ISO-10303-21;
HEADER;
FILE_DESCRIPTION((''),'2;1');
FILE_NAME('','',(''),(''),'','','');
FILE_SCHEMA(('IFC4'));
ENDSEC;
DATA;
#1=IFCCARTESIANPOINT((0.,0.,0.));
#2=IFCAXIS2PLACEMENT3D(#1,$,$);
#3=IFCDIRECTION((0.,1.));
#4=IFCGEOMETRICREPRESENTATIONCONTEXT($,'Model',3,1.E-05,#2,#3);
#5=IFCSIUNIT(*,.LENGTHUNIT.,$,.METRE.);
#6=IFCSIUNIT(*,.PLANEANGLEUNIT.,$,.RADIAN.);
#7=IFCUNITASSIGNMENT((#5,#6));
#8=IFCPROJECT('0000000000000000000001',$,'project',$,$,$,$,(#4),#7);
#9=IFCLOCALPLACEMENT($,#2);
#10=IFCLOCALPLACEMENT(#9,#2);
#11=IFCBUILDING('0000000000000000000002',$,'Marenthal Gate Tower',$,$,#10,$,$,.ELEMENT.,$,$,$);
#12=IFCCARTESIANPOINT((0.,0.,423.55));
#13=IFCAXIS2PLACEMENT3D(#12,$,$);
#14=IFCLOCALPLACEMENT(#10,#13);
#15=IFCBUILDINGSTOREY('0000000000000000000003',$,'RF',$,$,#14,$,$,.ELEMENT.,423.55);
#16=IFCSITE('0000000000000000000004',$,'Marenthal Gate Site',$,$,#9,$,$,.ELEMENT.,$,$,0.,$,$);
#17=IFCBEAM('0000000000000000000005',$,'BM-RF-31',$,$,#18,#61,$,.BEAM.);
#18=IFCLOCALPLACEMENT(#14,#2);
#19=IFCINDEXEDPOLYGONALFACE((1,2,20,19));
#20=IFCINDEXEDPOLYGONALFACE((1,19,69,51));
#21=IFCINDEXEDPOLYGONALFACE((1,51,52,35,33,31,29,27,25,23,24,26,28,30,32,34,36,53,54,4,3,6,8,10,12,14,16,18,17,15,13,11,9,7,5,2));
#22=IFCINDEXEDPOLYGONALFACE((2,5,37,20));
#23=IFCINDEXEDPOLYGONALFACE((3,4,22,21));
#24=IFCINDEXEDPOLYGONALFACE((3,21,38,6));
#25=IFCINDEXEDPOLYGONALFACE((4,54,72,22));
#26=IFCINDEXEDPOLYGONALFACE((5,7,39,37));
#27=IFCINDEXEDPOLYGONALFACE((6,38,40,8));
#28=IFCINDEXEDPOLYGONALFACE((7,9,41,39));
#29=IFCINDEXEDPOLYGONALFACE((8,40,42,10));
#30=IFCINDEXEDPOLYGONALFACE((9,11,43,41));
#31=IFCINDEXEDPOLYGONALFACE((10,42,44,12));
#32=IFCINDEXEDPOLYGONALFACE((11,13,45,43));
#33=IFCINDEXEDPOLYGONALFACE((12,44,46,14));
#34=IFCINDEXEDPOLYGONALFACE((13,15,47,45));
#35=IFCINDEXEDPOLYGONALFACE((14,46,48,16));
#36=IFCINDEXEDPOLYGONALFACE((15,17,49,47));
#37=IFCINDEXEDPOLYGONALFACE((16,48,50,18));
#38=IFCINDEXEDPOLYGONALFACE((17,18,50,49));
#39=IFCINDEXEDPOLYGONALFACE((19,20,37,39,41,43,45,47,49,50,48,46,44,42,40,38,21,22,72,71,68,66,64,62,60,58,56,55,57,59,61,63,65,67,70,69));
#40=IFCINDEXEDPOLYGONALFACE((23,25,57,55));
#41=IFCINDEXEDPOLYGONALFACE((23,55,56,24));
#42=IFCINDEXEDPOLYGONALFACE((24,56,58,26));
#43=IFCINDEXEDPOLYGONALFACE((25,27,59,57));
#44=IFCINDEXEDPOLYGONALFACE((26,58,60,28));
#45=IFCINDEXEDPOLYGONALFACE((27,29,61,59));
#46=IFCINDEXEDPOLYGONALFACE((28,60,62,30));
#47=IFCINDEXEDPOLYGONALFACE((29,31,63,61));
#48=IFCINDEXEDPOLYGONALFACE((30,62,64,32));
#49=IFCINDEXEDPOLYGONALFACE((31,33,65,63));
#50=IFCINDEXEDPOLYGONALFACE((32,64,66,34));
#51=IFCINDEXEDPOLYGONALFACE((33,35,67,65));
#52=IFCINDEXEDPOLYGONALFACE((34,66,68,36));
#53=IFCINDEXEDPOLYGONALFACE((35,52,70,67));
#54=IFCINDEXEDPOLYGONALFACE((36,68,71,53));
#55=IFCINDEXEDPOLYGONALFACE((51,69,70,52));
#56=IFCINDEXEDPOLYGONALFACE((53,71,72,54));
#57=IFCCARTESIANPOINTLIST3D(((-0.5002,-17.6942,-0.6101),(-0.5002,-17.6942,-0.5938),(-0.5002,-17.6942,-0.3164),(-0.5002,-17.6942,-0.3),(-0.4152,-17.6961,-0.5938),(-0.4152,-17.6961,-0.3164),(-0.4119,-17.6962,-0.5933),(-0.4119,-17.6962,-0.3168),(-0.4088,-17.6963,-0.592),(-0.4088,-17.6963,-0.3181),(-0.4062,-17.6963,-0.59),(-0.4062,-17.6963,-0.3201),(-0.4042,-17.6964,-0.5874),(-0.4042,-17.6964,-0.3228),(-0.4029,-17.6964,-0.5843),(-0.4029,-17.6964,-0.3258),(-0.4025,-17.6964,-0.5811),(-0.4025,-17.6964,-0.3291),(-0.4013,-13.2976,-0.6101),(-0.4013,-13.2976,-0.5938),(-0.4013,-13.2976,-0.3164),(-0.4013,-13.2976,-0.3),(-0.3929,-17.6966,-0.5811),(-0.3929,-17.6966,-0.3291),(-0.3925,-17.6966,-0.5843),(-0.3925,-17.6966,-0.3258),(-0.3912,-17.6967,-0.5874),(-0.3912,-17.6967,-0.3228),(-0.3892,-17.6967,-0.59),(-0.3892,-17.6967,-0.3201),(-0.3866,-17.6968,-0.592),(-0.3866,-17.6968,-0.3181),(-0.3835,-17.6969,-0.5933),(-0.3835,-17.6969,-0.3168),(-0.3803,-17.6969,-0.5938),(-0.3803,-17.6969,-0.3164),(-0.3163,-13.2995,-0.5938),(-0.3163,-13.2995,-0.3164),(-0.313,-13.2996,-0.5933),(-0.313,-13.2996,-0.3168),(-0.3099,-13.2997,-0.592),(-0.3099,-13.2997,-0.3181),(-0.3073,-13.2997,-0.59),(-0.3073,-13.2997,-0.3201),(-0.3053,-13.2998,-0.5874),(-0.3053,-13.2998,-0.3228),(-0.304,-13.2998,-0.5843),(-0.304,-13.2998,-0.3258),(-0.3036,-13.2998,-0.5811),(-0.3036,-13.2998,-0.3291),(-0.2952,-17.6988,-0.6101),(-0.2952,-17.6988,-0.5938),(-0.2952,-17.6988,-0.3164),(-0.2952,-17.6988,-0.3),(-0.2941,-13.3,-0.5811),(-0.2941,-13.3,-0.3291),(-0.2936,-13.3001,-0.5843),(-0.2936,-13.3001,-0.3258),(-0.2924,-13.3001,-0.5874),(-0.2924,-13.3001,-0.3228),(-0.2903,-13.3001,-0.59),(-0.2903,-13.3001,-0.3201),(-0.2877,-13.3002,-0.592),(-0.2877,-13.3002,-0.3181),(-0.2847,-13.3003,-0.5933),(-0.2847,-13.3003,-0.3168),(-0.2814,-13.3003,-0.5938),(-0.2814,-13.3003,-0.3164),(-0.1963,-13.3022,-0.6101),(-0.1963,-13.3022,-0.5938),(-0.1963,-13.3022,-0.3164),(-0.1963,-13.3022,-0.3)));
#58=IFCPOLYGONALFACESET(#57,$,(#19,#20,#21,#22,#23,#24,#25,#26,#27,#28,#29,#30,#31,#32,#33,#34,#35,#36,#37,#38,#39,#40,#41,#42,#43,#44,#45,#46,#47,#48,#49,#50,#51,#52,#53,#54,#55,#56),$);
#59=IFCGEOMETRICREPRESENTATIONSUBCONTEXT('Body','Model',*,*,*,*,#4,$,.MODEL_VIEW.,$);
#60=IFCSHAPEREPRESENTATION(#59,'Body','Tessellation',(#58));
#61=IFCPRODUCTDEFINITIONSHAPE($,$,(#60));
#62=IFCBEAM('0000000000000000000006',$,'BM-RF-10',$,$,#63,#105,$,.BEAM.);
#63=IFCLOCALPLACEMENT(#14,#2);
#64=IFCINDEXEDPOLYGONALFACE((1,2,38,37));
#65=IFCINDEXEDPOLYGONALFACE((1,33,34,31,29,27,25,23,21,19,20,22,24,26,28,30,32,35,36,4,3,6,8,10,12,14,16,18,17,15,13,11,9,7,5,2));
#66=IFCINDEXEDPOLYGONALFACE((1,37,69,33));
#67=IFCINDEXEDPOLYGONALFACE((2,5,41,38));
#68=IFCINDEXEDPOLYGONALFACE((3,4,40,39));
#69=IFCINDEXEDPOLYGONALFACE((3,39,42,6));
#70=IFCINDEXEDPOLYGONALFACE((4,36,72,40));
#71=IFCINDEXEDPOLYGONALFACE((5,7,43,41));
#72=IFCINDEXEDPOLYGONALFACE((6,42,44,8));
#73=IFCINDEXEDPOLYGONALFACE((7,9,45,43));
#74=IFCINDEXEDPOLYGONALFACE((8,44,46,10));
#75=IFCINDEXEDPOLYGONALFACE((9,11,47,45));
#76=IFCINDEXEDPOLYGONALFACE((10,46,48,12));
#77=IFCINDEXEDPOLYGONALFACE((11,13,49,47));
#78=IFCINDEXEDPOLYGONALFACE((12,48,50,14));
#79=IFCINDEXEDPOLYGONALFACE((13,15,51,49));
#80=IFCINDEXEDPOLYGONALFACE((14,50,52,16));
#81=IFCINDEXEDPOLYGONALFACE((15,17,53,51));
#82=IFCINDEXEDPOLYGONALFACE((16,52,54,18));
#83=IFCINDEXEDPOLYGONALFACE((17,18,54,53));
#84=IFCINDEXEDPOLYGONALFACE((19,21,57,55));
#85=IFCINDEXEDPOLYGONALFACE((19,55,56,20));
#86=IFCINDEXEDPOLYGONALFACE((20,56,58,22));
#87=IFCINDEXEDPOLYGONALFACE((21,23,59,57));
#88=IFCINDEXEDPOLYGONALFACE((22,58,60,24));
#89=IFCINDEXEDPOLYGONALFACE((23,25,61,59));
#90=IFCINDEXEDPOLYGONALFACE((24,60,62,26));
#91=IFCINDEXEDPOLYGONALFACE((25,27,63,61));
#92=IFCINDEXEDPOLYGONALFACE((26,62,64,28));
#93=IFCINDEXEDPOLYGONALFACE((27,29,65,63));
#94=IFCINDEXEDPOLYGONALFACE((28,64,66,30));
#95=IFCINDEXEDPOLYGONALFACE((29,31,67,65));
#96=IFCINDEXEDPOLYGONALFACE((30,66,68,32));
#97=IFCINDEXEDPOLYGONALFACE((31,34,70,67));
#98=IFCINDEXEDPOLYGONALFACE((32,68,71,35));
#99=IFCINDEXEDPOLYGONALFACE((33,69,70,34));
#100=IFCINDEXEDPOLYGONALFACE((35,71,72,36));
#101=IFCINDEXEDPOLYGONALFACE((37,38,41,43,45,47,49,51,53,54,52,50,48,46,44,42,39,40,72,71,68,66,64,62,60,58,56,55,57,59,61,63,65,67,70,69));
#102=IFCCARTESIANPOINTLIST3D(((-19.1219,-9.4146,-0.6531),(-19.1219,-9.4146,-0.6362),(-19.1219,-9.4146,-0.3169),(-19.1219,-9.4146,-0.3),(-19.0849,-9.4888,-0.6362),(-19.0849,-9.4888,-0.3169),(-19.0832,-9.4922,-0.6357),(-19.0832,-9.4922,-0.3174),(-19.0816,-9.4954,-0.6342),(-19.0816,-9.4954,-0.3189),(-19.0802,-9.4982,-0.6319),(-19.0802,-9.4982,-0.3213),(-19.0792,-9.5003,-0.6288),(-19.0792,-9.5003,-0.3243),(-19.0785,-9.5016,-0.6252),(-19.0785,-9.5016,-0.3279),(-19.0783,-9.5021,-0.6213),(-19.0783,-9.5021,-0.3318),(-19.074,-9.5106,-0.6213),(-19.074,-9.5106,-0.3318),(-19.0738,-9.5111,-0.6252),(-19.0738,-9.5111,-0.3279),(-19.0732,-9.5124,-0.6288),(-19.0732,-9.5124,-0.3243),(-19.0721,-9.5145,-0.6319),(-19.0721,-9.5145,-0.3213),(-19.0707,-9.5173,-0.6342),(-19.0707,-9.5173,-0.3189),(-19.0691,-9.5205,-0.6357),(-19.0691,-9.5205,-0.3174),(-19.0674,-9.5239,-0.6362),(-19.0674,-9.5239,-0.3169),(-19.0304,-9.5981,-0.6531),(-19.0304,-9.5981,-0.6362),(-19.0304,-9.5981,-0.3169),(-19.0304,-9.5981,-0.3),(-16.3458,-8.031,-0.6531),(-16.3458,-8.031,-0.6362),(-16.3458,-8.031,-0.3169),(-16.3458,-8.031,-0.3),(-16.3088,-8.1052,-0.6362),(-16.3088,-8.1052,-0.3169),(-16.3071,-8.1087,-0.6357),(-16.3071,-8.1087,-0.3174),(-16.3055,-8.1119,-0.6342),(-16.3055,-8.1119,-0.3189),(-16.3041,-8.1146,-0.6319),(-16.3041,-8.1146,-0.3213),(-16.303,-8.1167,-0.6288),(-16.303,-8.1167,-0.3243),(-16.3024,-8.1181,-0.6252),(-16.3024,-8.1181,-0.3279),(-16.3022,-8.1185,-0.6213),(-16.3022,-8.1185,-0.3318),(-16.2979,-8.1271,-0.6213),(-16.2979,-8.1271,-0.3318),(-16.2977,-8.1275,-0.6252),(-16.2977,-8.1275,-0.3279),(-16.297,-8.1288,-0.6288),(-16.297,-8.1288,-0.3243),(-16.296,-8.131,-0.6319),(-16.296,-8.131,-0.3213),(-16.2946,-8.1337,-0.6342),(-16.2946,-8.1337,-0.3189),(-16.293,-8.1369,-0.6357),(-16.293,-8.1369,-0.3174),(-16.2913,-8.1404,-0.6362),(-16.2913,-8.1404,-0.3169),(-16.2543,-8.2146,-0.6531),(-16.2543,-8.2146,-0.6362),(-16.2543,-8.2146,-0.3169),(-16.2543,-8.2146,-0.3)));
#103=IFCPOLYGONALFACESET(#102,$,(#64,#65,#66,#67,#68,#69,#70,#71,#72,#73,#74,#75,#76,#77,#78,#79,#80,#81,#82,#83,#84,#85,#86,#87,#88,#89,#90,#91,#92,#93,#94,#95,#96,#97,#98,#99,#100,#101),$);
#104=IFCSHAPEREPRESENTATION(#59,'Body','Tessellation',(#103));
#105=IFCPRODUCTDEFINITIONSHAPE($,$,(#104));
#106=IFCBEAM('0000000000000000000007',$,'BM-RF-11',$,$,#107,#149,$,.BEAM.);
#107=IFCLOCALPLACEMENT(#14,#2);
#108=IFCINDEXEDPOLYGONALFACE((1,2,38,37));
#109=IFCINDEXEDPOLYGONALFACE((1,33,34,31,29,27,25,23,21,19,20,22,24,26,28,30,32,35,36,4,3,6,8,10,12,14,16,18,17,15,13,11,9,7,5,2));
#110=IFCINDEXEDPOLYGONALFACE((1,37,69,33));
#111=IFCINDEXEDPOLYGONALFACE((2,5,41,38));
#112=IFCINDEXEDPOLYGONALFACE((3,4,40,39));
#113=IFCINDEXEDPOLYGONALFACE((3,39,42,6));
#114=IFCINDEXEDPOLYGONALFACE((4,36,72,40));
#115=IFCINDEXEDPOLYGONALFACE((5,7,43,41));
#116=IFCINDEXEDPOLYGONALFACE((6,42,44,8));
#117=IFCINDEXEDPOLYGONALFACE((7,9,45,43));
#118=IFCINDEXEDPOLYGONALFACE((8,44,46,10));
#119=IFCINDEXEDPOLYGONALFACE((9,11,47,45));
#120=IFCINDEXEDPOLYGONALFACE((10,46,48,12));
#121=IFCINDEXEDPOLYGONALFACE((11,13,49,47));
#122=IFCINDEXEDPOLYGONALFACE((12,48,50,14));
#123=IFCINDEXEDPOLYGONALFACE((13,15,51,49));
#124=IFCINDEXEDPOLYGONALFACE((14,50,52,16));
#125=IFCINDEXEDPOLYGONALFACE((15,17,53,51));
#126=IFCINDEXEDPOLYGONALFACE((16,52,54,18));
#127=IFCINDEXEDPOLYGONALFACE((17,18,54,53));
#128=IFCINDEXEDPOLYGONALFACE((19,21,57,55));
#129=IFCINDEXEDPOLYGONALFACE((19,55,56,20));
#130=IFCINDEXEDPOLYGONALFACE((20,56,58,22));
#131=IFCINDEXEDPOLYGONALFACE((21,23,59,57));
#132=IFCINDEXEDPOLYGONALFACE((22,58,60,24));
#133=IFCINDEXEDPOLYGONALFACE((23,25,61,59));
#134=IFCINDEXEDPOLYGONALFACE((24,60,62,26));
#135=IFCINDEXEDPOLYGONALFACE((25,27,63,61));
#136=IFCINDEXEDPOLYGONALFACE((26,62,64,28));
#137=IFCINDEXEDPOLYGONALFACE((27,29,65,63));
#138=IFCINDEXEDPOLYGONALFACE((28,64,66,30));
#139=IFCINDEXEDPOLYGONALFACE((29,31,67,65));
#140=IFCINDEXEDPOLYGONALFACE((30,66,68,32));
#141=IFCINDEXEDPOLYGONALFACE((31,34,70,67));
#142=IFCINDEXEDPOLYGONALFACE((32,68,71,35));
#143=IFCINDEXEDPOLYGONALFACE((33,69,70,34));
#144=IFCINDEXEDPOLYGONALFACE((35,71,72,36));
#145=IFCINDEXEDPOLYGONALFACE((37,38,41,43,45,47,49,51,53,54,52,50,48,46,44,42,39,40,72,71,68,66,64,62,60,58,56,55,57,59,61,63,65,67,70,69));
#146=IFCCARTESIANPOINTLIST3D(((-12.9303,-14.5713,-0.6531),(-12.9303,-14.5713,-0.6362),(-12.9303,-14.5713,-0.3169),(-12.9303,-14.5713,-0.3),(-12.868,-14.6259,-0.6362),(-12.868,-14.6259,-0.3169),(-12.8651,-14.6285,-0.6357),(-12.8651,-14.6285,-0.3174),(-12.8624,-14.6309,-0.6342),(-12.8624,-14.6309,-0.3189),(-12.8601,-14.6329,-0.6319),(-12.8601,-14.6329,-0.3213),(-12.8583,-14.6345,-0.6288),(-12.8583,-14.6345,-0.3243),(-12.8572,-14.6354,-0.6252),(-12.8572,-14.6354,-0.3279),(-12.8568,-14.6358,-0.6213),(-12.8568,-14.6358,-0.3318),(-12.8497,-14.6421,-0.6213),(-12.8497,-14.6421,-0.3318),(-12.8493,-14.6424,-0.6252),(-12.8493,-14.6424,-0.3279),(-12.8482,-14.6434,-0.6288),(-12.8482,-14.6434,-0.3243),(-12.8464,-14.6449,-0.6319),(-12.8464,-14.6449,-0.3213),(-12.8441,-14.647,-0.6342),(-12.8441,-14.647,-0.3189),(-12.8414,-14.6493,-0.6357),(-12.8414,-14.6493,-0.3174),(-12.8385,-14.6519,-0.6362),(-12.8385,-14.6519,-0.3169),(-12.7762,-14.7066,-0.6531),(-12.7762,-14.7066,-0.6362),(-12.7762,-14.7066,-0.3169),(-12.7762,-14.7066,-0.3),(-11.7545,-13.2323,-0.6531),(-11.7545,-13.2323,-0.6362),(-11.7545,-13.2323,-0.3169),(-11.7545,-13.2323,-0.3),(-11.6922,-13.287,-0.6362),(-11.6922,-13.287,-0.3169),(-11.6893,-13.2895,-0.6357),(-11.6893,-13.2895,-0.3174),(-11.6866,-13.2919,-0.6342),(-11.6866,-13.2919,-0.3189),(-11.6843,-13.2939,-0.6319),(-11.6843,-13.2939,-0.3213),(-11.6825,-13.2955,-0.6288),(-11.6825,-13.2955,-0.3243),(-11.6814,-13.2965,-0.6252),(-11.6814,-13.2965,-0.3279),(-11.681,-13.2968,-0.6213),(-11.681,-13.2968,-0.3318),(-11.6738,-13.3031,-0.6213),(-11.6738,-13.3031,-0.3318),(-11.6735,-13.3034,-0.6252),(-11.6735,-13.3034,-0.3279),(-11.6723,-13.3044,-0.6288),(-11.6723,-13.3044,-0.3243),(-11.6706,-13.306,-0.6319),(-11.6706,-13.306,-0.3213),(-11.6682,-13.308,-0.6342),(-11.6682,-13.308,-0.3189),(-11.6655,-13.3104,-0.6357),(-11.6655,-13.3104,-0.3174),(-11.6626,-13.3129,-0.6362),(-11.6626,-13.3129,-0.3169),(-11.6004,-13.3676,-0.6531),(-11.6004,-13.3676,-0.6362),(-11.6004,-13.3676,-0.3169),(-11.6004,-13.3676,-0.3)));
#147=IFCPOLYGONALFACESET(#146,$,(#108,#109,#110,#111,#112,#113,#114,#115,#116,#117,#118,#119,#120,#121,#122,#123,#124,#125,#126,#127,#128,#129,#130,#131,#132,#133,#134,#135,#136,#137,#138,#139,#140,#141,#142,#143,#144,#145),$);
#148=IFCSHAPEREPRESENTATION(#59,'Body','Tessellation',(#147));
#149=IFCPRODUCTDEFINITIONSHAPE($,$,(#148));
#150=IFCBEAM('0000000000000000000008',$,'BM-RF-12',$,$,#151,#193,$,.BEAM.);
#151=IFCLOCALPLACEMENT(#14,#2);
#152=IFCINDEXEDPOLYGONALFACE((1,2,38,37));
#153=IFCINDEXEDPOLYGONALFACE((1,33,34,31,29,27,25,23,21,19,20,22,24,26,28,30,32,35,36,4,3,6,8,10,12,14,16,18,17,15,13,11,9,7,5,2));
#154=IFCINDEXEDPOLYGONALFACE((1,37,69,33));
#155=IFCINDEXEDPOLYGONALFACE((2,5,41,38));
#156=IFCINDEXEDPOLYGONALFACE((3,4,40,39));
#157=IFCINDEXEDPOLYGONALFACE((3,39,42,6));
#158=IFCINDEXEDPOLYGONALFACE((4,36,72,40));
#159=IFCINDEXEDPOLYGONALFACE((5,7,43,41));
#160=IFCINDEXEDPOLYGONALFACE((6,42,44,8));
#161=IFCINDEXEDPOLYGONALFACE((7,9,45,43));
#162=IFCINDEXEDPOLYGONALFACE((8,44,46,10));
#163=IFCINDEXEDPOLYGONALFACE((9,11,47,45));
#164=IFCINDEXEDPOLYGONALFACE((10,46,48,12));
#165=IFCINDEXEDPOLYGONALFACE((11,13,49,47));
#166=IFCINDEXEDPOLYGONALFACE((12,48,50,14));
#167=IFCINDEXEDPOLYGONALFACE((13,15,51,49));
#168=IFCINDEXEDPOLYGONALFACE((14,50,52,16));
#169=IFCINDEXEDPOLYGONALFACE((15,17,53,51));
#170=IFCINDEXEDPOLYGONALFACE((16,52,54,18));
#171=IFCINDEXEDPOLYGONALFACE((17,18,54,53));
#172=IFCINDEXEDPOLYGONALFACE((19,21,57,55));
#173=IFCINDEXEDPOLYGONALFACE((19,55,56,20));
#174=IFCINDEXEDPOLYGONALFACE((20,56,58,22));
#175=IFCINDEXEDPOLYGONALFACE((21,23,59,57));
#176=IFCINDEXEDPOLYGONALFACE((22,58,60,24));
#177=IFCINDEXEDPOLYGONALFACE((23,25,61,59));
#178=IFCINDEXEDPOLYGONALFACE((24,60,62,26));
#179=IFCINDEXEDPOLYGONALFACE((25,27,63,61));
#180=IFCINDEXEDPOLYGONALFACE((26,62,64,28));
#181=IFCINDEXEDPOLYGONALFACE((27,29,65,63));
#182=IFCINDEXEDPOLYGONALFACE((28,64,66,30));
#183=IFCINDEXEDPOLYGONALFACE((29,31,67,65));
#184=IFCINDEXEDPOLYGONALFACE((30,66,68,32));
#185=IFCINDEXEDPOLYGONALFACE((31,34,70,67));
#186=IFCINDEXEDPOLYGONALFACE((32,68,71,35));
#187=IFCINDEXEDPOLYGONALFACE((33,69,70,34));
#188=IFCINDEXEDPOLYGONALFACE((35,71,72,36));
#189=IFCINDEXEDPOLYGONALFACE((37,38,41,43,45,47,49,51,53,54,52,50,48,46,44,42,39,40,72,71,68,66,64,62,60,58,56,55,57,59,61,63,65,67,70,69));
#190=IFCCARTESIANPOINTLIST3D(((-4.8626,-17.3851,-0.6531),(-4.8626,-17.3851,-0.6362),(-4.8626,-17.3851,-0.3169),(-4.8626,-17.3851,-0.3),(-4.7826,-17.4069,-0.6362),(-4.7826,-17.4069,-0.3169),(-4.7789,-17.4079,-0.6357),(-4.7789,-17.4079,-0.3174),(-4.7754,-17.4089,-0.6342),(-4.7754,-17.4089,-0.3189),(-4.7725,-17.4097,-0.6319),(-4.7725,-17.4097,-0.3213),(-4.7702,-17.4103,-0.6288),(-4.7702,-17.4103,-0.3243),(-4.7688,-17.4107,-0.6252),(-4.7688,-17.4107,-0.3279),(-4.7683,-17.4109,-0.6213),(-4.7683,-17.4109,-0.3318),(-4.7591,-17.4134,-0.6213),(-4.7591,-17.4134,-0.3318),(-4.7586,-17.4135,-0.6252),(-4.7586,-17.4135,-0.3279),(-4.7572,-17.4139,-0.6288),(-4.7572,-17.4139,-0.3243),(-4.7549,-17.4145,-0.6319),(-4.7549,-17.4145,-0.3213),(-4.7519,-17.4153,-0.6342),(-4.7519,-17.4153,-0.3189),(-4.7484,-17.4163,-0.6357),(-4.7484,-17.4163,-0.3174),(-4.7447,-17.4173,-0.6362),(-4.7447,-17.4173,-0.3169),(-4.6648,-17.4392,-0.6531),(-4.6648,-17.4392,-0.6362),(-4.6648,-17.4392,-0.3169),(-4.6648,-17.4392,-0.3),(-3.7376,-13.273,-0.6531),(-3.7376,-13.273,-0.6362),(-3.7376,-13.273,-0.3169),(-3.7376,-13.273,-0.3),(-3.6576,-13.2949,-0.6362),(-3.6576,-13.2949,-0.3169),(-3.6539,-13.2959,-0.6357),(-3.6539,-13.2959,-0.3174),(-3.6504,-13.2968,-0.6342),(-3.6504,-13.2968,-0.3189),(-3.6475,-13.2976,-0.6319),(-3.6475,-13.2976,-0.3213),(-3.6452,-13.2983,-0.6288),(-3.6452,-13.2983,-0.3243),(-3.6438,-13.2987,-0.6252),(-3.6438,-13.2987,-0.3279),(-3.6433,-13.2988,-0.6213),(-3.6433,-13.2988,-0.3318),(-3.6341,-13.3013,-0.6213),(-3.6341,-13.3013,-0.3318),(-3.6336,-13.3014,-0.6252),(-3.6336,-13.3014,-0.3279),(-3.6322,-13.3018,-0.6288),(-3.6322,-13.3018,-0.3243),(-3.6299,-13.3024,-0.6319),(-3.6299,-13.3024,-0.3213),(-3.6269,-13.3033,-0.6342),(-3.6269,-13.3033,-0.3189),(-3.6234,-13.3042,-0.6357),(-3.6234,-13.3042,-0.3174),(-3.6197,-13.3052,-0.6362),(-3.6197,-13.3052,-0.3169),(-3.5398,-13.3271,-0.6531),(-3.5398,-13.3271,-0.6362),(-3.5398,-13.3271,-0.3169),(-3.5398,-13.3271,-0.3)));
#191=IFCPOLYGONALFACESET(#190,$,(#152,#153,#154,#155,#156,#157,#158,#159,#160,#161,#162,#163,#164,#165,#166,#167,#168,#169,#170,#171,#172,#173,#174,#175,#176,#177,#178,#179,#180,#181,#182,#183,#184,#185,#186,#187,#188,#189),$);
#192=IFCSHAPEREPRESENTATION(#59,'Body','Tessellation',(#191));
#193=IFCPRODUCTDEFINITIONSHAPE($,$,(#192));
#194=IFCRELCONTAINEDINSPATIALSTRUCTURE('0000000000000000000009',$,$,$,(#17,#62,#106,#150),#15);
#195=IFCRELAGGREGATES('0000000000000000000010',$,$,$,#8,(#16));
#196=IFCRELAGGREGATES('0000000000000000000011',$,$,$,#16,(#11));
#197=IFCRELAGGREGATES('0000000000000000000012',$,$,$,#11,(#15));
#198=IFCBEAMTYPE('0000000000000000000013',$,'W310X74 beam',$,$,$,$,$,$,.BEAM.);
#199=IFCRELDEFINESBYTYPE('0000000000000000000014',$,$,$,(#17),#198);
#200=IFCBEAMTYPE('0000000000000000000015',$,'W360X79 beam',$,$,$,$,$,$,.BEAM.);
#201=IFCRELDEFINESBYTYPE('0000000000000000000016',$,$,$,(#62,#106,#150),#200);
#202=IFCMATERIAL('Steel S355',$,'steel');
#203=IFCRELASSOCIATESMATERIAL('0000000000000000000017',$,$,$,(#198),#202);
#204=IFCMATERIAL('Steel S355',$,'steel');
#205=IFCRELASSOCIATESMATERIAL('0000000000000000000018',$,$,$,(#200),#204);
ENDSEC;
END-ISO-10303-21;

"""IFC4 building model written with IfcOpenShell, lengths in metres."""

from ifc_helpers import new_model, si_unit, direction, frame, origin, origin_2d, place, context, subcontext, project, spatial, i_section, extrude, material, material_profile, profile_set, type_object, element, save


model = new_model("IFC4")

# Units and contexts
model_context = context("Model", 3, precision=1e-05, world=origin(), true_north=direction((0.0, 1.0)))
body_context = subcontext(model_context, "Body", "Model", "MODEL_VIEW")
ifc_project = project(units=[si_unit("LENGTHUNIT", "METRE"), si_unit("PLANEANGLEUNIT", "RADIAN")], contexts=[model_context])

# Site, building, storey
site_placement = place(None, origin())
site = spatial("IfcSite", under=ifc_project, at=site_placement, Name="Marenthal Gate Site", CompositionType="ELEMENT", RefElevation=0.0)
building_placement = place(site_placement, origin())
building = spatial("IfcBuilding", under=site, at=building_placement, Name="Marenthal Gate Tower", CompositionType="ELEMENT")
storey_placement = place(building_placement, frame((0.0, 0.0, 423.55)))
storey = spatial("IfcBuildingStorey", under=building, at=storey_placement, Name="RF", CompositionType="ELEMENT", Elevation=423.55)

# Beams
ifc_material_1 = material(Name="Steel S355", Category="steel")
ifc_material_profile_1 = material_profile(ifc_material_1, i_section(OverallWidth=0.2051, OverallDepth=0.3101, WebThickness=0.0095, FlangeThickness=0.0164, FilletRadius=0.0127, at=origin_2d()), Name="W310X74")
ifc_profile_set_1 = profile_set([ifc_material_profile_1], Name="Steel S355")
beam_type_1 = type_object("IfcBeamType", Name="W310X74 beam", PredefinedType="BEAM", material=ifc_profile_set_1)
beam_1_placement = place(storey_placement, frame((-0.3977, -17.6965, -0.4551), z_axis=(0.022484, 0.999747, 0.0), x_axis=(-0.999747, 0.022484, 0.0)))
element("IfcBeam", 1, at=beam_1_placement, inside=storey, type_object=beam_type_1, Name="BM-RF-31", PredefinedType="BEAM", context=body_context, shape_type="SweptSolid", body=[
    extrude(i_section(OverallWidth=0.2051, OverallDepth=0.3101, WebThickness=0.0095, FlangeThickness=0.0164, FilletRadius=0.0127, at=origin_2d()), origin(), (0.0, 0.0, 1.0), 4.3977),
])
ifc_material_2 = material(Name="Steel S355", Category="steel")
ifc_material_profile_2 = material_profile(ifc_material_2, i_section(OverallWidth=0.2051, OverallDepth=0.353, WebThickness=0.0095, FlangeThickness=0.0168, FilletRadius=0.0149, at=origin_2d()), Name="W360X79")
ifc_profile_set_2 = profile_set([ifc_material_profile_2], Name="Steel S355")
beam_type_2 = type_object("IfcBeamType", Name="W360X79 beam", PredefinedType="BEAM", material=ifc_profile_set_2)
beam_2_placement = place(storey_placement, frame((-19.0762, -9.5063, -0.4766), z_axis=(0.895009, 0.446048, 0.0), x_axis=(-0.446048, 0.895009, 0.0)))
element("IfcBeam", 2, at=beam_2_placement, inside=storey, type_object=beam_type_2, Name="BM-RF-10", PredefinedType="BEAM", context=body_context, shape_type="SweptSolid", body=[
    extrude(i_section(OverallWidth=0.2051, OverallDepth=0.353, WebThickness=0.0095, FlangeThickness=0.0168, FilletRadius=0.0149, at=origin_2d()), origin(), (0.0, 0.0, 1.0), 3.1018),
])
beam_3_placement = place(storey_placement, frame((-12.8533, -14.6389, -0.4766), z_axis=(0.659862, 0.751387, 0.0), x_axis=(-0.751387, 0.659862, 0.0)))
element("IfcBeam", 3, at=beam_3_placement, inside=storey, type_object=beam_type_2, Name="BM-RF-11", PredefinedType="BEAM", context=body_context, shape_type="SweptSolid", body=[
    extrude(i_section(OverallWidth=0.2051, OverallDepth=0.353, WebThickness=0.0095, FlangeThickness=0.0168, FilletRadius=0.0149, at=origin_2d()), origin(), (0.0, 0.0, 1.0), 1.782),
])
beam_4_placement = place(storey_placement, frame((-4.7637, -17.4121, -0.4766), z_axis=(0.263888, 0.964553, 0.0), x_axis=(-0.964553, 0.263888, 0.0)))
element("IfcBeam", 4, at=beam_4_placement, inside=storey, type_object=beam_type_2, Name="BM-RF-12", PredefinedType="BEAM", context=body_context, shape_type="SweptSolid", body=[
    extrude(i_section(OverallWidth=0.2051, OverallDepth=0.353, WebThickness=0.0095, FlangeThickness=0.0168, FilletRadius=0.0149, at=origin_2d()), origin(), (0.0, 0.0, 1.0), 4.2632),
])

save(model, "model.ifc")
